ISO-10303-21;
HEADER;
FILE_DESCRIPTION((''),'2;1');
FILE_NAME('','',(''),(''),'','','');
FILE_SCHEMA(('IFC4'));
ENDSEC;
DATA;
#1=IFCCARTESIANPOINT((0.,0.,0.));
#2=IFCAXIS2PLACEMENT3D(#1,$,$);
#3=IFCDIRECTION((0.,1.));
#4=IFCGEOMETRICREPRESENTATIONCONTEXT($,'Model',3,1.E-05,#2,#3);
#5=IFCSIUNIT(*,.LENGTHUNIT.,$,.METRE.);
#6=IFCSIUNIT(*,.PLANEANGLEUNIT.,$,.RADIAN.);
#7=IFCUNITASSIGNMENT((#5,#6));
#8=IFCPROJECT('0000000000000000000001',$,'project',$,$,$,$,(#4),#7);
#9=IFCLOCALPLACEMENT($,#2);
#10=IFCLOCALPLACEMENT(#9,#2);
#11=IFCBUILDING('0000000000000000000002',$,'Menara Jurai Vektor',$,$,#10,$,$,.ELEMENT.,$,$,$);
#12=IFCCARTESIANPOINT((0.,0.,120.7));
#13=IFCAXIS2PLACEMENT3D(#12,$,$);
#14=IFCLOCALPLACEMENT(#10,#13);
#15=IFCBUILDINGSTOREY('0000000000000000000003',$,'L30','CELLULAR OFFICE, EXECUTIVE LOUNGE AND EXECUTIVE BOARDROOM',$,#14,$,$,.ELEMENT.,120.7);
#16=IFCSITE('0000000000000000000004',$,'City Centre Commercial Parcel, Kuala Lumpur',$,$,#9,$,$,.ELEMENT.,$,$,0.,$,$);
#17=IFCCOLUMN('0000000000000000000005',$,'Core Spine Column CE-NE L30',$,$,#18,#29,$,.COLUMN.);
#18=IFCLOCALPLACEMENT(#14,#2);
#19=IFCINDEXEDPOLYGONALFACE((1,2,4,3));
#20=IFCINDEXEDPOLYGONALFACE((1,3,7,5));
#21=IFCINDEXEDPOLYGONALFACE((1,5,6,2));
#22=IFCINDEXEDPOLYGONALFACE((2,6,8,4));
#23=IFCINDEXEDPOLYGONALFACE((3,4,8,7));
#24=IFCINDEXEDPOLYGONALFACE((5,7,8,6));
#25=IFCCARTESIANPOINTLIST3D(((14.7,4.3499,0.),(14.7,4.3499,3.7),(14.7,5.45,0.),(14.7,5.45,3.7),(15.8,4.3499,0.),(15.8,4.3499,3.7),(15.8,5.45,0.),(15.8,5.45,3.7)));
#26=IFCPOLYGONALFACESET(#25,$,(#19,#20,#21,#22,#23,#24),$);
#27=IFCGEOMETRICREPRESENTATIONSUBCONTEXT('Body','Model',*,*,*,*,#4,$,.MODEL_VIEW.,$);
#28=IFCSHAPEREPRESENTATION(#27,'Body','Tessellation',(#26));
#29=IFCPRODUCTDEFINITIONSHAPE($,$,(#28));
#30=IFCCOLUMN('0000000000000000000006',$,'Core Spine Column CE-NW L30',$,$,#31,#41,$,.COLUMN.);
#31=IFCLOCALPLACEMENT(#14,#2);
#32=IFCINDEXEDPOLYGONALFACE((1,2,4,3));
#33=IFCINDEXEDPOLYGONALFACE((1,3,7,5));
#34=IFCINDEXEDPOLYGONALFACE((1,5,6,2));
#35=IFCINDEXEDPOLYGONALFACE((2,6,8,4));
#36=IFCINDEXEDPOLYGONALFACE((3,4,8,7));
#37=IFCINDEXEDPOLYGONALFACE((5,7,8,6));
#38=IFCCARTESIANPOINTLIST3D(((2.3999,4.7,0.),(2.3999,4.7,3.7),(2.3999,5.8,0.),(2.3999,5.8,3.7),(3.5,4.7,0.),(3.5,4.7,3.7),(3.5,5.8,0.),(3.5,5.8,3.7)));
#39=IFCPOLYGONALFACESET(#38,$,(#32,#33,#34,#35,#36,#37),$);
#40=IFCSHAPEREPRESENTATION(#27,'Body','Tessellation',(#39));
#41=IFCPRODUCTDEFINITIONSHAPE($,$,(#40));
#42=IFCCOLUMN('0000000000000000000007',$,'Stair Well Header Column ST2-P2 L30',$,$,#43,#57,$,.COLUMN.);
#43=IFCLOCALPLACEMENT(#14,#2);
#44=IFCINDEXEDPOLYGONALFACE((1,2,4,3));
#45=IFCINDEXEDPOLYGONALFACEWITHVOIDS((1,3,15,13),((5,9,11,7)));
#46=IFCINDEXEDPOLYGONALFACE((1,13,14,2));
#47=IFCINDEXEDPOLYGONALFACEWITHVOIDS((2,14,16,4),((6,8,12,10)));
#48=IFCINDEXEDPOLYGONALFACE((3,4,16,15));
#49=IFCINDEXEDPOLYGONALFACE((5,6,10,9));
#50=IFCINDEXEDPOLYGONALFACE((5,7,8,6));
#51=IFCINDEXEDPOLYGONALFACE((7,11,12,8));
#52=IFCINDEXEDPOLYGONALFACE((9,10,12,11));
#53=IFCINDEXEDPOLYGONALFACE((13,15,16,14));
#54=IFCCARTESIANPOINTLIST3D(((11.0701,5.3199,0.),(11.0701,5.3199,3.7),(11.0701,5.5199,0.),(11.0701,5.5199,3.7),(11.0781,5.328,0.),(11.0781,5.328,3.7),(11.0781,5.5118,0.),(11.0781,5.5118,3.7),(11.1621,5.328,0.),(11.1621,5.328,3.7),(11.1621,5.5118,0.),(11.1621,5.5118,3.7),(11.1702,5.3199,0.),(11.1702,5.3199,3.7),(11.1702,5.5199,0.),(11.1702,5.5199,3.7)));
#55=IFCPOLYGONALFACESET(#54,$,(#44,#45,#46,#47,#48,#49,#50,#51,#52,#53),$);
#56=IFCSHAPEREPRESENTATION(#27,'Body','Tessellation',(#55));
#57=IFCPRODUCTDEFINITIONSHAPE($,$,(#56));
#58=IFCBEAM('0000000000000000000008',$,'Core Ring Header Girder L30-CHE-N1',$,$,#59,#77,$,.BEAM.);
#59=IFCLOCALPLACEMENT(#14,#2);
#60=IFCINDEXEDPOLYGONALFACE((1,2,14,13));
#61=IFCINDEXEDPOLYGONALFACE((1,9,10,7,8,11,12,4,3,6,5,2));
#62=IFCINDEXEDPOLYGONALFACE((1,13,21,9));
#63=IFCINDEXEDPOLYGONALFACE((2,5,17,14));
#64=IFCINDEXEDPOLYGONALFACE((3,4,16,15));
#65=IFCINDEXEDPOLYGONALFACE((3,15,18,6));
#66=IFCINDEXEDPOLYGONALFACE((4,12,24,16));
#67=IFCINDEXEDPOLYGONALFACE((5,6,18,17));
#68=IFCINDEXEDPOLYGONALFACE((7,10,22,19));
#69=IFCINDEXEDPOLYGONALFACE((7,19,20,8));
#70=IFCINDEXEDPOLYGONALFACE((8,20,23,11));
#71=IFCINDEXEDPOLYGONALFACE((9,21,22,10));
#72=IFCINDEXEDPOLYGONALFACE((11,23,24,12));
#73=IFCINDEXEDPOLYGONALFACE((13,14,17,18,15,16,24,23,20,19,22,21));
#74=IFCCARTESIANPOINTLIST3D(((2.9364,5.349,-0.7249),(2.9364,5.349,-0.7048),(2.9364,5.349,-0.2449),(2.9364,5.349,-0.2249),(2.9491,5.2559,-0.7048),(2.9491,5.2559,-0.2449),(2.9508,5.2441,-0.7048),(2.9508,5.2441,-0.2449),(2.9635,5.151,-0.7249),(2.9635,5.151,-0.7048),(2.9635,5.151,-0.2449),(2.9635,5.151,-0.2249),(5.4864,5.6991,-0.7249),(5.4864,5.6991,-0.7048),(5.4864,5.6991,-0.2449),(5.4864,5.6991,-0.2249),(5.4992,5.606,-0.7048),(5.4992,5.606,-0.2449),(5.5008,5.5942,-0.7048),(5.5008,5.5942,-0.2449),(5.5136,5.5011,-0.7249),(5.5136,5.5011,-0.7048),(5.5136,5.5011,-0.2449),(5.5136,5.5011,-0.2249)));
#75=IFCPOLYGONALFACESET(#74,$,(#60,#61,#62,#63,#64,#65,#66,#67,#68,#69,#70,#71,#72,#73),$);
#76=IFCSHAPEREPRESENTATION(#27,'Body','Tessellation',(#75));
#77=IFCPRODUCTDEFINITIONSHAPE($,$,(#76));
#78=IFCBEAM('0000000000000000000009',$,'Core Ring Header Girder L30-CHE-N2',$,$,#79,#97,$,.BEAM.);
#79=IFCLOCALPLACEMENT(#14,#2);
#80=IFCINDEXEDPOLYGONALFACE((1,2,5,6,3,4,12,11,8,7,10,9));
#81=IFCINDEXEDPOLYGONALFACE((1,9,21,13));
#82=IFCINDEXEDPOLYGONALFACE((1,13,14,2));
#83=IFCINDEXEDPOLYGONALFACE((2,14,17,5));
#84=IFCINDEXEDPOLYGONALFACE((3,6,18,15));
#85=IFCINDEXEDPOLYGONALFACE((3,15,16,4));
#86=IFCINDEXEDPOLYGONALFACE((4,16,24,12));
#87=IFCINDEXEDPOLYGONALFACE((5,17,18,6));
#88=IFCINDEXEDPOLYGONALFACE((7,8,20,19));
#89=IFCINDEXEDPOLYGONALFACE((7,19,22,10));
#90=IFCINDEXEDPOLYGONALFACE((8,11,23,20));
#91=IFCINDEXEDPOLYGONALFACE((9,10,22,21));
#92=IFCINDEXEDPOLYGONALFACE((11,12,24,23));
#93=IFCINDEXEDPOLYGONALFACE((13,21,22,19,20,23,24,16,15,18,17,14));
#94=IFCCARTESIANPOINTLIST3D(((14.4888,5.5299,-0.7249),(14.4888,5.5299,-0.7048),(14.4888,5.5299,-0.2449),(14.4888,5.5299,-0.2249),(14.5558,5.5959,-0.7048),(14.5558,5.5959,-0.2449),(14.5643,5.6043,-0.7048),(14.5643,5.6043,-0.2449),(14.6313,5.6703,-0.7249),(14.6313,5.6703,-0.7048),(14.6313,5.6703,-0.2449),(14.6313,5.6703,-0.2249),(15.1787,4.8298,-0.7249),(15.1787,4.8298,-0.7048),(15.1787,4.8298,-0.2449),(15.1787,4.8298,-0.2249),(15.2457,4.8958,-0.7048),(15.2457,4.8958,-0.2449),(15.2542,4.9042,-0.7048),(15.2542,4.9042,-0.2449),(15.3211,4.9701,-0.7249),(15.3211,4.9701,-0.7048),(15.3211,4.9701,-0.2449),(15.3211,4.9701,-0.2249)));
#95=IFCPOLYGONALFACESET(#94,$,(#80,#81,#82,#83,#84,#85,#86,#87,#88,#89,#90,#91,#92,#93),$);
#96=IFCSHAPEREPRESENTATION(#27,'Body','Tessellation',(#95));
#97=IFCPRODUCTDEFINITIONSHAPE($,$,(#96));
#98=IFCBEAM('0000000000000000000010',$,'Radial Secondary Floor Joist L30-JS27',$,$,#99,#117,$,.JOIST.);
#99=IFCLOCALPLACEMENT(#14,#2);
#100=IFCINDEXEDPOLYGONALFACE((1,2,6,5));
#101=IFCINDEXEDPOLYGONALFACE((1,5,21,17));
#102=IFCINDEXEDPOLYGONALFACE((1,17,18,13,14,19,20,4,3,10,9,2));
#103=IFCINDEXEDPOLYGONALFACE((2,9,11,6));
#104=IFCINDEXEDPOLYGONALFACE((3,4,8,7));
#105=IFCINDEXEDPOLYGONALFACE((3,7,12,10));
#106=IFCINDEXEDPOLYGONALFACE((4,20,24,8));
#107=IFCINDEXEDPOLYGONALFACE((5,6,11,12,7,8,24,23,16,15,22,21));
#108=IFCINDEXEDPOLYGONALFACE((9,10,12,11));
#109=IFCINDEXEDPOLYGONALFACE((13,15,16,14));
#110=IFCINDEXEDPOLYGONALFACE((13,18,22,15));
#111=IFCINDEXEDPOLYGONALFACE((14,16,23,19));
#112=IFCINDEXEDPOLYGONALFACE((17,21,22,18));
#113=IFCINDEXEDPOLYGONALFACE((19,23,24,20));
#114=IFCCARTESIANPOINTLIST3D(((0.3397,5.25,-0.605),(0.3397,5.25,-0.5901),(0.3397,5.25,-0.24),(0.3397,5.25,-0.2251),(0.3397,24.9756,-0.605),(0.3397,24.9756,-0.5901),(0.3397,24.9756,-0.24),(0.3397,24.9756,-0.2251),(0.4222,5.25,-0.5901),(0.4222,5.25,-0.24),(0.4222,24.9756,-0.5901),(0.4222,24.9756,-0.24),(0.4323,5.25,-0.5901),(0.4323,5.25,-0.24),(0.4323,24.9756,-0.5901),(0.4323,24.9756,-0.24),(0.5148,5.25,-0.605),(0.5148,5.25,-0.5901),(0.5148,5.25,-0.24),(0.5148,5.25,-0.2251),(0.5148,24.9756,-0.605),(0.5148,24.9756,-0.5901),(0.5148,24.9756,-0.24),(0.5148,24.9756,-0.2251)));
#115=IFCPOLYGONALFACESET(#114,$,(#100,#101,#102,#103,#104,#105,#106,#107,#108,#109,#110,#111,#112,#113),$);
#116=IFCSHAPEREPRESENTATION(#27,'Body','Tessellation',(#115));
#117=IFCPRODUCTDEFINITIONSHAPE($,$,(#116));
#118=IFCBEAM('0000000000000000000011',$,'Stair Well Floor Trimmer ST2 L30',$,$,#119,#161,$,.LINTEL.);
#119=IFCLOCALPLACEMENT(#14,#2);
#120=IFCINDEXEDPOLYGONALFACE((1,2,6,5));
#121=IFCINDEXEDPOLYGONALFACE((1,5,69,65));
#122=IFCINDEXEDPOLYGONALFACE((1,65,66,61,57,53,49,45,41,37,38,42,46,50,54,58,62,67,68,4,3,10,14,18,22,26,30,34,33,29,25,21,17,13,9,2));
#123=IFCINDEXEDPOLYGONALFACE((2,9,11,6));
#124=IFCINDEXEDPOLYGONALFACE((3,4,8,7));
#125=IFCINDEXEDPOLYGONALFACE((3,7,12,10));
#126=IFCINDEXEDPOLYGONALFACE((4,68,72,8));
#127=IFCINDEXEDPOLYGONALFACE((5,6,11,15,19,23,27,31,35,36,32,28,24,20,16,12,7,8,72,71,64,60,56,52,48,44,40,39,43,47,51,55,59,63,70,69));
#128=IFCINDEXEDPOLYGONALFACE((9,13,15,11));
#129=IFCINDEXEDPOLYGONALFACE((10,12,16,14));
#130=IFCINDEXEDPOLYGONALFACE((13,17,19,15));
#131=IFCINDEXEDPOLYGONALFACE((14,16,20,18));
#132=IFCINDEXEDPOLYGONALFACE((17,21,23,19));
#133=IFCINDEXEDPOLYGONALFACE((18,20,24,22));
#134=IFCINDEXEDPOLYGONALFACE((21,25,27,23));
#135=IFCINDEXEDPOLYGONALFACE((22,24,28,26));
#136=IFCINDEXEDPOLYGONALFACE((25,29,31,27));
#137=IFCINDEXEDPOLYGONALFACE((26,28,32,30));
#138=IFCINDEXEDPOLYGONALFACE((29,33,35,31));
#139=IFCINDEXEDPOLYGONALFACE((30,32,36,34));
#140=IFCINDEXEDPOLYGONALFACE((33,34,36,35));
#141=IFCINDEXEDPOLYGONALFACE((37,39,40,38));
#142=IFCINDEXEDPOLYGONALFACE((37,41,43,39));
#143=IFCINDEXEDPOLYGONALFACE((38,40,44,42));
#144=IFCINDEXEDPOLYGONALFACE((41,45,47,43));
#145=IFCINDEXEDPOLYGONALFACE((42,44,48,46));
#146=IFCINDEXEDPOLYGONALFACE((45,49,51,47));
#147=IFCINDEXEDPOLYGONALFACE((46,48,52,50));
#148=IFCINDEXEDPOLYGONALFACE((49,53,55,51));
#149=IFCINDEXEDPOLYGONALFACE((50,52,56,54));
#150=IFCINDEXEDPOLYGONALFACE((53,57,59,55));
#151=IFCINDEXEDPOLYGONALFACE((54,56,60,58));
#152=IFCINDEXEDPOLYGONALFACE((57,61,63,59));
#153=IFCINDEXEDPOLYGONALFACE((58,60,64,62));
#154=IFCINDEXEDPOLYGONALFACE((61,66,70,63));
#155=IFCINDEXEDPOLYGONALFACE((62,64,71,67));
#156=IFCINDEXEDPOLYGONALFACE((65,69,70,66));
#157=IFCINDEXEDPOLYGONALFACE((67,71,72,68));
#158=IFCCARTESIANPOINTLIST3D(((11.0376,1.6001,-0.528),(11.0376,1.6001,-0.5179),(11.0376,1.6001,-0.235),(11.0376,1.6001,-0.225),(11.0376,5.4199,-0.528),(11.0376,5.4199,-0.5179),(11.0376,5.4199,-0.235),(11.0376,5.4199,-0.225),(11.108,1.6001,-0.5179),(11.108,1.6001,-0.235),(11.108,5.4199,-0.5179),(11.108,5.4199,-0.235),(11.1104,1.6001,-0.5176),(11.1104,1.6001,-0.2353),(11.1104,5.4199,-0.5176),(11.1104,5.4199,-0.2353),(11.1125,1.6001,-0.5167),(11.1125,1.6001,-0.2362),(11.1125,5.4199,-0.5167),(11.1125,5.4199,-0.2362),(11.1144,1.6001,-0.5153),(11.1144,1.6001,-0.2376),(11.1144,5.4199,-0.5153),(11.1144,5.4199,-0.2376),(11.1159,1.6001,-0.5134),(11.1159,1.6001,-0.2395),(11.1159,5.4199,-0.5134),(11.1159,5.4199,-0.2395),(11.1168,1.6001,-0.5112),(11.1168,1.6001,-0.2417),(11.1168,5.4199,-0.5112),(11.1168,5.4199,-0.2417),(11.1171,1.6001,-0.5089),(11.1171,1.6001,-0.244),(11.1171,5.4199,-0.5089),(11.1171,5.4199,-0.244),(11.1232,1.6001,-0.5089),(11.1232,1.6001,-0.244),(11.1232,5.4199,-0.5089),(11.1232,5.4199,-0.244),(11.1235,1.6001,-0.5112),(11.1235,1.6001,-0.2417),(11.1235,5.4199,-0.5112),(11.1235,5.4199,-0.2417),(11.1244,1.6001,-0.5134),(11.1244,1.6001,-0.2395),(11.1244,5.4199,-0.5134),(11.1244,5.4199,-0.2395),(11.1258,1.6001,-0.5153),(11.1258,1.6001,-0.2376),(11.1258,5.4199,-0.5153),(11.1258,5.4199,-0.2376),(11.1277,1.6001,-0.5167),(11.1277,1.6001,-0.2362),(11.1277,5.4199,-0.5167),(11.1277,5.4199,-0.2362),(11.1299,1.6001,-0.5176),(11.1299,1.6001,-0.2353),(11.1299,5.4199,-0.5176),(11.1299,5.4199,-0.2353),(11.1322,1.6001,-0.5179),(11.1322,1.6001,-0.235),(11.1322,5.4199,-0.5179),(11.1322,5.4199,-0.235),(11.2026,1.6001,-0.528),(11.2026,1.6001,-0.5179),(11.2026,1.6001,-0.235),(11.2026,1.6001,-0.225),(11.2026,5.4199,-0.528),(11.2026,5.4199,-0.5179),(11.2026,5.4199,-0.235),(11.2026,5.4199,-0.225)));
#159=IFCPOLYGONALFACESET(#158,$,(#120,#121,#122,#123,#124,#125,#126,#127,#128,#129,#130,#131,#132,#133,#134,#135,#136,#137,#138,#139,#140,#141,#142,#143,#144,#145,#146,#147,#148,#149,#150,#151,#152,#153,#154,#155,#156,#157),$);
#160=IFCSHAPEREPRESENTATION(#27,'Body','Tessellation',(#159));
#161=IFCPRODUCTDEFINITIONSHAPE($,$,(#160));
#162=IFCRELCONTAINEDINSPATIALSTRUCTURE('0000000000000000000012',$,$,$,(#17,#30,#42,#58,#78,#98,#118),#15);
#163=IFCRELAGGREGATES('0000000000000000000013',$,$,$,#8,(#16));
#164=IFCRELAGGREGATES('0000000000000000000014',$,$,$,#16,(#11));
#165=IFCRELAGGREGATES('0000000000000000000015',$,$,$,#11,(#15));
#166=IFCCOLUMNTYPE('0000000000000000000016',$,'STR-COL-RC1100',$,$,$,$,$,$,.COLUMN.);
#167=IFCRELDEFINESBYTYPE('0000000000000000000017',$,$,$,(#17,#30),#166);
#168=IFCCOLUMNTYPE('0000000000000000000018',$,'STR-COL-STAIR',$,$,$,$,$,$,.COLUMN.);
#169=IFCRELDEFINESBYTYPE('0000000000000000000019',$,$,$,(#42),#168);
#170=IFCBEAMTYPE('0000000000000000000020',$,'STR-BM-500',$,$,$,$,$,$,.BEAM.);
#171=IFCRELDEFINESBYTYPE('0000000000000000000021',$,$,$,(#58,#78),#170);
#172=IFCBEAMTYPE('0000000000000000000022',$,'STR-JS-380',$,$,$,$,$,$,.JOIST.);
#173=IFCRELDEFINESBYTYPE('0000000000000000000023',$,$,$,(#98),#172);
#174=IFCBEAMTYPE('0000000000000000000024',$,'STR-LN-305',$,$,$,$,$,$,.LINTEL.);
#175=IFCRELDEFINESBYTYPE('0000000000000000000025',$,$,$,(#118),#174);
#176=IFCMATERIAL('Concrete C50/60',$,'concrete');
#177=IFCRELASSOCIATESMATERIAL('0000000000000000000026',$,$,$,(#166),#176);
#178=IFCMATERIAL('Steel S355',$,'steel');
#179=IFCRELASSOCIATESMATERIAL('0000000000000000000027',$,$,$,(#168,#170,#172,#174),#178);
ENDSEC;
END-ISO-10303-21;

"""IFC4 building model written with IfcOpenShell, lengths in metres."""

from ifc_helpers import new_model, si_unit, direction, frame, origin, origin_2d, place, context, subcontext, project, spatial, rectangle, hollow_rectangle, i_section, extrude, material, material_profile, profile_set, type_object, element, save


model = new_model("IFC4")

# Units and contexts
model_context = context("Model", 3, precision=1e-05, world=origin(), true_north=direction((0.0, 1.0)))
body_context = subcontext(model_context, "Body", "Model", "MODEL_VIEW")
ifc_project = project(units=[si_unit("LENGTHUNIT", "METRE"), si_unit("PLANEANGLEUNIT", "RADIAN")], contexts=[model_context])

# Site, building, storey
site_placement = place(None, origin())
site = spatial("IfcSite", under=ifc_project, at=site_placement, Name="City Centre Commercial Parcel, Kuala Lumpur", CompositionType="ELEMENT", RefElevation=0.0)
building_placement = place(site_placement, origin())
building = spatial("IfcBuilding", under=site, at=building_placement, Name="Menara Jurai Vektor", CompositionType="ELEMENT")
storey_placement = place(building_placement, frame((0.0, 0.0, 120.7)))
storey = spatial("IfcBuildingStorey", under=building, at=storey_placement, Name="L30", Description="CELLULAR OFFICE, EXECUTIVE LOUNGE AND EXECUTIVE BOARDROOM", CompositionType="ELEMENT", Elevation=120.7)

# Columns
ifc_material_1 = material(Name="Concrete C50/60", Category="concrete")
ifc_material_profile_1 = material_profile(ifc_material_1, rectangle(XDim=1.1001, YDim=1.1001, at=origin_2d()), Name="RC 1100x1100")
ifc_profile_set_1 = profile_set([ifc_material_profile_1], Name="Concrete C50/60")
column_type_1 = type_object("IfcColumnType", Name="STR-COL-RC1100", PredefinedType="COLUMN", material=ifc_profile_set_1)
for number, where, z_axis, x_axis, name in (
    (1, (15.25, 4.8999, 0.0), (0.0, 0.0, 1.0), (1.0, 0.0, 0.0), "Core Spine Column CE-NE L30"),
    (2, (2.95, 5.25, 0.0), (0.0, 0.0, 1.0), (1.0, 0.0, 0.0), "Core Spine Column CE-NW L30"),
):
    element("IfcColumn", number, at=place(storey_placement, frame(where, z_axis=z_axis, x_axis=x_axis)), inside=storey, type_object=column_type_1, Name=name, PredefinedType="COLUMN", context=body_context, shape_type="SweptSolid", body=[
        extrude(rectangle(XDim=1.1001, YDim=1.1001, at=origin_2d()), origin(), (0.0, 0.0, 1.0), 3.7),
    ])
ifc_material_2 = material(Name="Steel S355", Category="steel")
ifc_material_profile_2 = material_profile(ifc_material_2, hollow_rectangle(XDim=0.1001, YDim=0.2, WallThickness=0.0081, at=origin_2d()), Name="RHS 200x100x8")
ifc_profile_set_2 = profile_set([ifc_material_profile_2], Name="Steel S355")
column_type_2 = type_object("IfcColumnType", Name="STR-COL-STAIR", PredefinedType="COLUMN", material=ifc_profile_set_2)
column_placement = place(storey_placement, frame((11.1201, 5.4199, 0.0), z_axis=(0.0, 0.0, 1.0), x_axis=(1.0, 0.0, 0.0)))
element("IfcColumn", 3, at=column_placement, inside=storey, type_object=column_type_2, Name="Stair Well Header Column ST2-P2 L30", PredefinedType="COLUMN", context=body_context, shape_type="SweptSolid", body=[
    extrude(hollow_rectangle(XDim=0.1001, YDim=0.2, WallThickness=0.0081, at=origin_2d()), origin(), (0.0, 0.0, 1.0), 3.7),
])

# Beams
ifc_material_profile_3 = material_profile(ifc_material_2, i_section(OverallWidth=0.2, OverallDepth=0.5, WebThickness=0.012, FlangeThickness=0.02, at=origin_2d()), Name="PG 500x200x96")
ifc_profile_set_3 = profile_set([ifc_material_profile_3], Name="Steel S355")
beam_type_1 = type_object("IfcBeamType", Name="STR-BM-500", PredefinedType="BEAM", material=ifc_profile_set_3)
beam_1_placement = place(storey_placement, frame((2.95, 5.25, -0.4749), z_axis=(0.990707, 0.136015, 0.0), x_axis=(-0.136015, 0.990707, 0.0)))
element("IfcBeam", 4, at=beam_1_placement, inside=storey, type_object=beam_type_1, Name="Core Ring Header Girder L30-CHE-N1", PredefinedType="BEAM", context=body_context, shape_type="SweptSolid", body=[
    extrude(i_section(OverallWidth=0.2, OverallDepth=0.5, WebThickness=0.012, FlangeThickness=0.02, at=origin_2d()), origin(), (0.0, 0.0, 1.0), 2.574),
])
beam_2_placement = place(storey_placement, frame((14.5601, 5.6001, -0.4749), z_axis=(0.701872, -0.712303, 0.0), x_axis=(0.712303, 0.701872, 0.0)))
element("IfcBeam", 5, at=beam_2_placement, inside=storey, type_object=beam_type_1, Name="Core Ring Header Girder L30-CHE-N2", PredefinedType="BEAM", context=body_context, shape_type="SweptSolid", body=[
    extrude(i_section(OverallWidth=0.2, OverallDepth=0.5, WebThickness=0.012, FlangeThickness=0.02, at=origin_2d()), origin(), (0.0, 0.0, 1.0), 0.9829),
])
ifc_material_profile_4 = material_profile(ifc_material_2, i_section(OverallWidth=0.175, OverallDepth=0.3799, WebThickness=0.01, FlangeThickness=0.0149, at=origin_2d()), Name="PG 380x175x58")
ifc_profile_set_4 = profile_set([ifc_material_profile_4], Name="Steel S355")
beam_type_2 = type_object("IfcBeamType", Name="STR-JS-380", PredefinedType="JOIST", material=ifc_profile_set_4)
beam_3_placement = place(storey_placement, frame((0.4272, 24.9756, -0.415), z_axis=(0.0, -1.0, 0.0), x_axis=(1.0, 0.0, 0.0)))
element("IfcBeam", 6, at=beam_3_placement, inside=storey, type_object=beam_type_2, Name="Radial Secondary Floor Joist L30-JS27", PredefinedType="JOIST", context=body_context, shape_type="SweptSolid", body=[
    extrude(i_section(OverallWidth=0.175, OverallDepth=0.3799, WebThickness=0.01, FlangeThickness=0.0149, at=origin_2d()), origin(), (0.0, 0.0, 1.0), 19.7256),
])
ifc_material_profile_5 = material_profile(ifc_material_2, i_section(OverallWidth=0.165, OverallDepth=0.303, WebThickness=0.0061, FlangeThickness=0.01, FilletRadius=0.009, at=origin_2d()), Name="UKB 305x165x40")
ifc_profile_set_5 = profile_set([ifc_material_profile_5], Name="Steel S355")
beam_type_3 = type_object("IfcBeamType", Name="STR-LN-305", PredefinedType="LINTEL", material=ifc_profile_set_5)
beam_4_placement = place(storey_placement, frame((11.1201, 1.6001, -0.3765), z_axis=(0.0, 1.0, 0.0), x_axis=(-1.0, 0.0, 0.0)))
element("IfcBeam", 7, at=beam_4_placement, inside=storey, type_object=beam_type_3, Name="Stair Well Floor Trimmer ST2 L30", PredefinedType="LINTEL", context=body_context, shape_type="SweptSolid", body=[
    extrude(i_section(OverallWidth=0.165, OverallDepth=0.303, WebThickness=0.0061, FlangeThickness=0.01, FilletRadius=0.009, at=origin_2d()), origin(), (0.0, 0.0, 1.0), 3.8198),
])

save(model, "model.ifc")
